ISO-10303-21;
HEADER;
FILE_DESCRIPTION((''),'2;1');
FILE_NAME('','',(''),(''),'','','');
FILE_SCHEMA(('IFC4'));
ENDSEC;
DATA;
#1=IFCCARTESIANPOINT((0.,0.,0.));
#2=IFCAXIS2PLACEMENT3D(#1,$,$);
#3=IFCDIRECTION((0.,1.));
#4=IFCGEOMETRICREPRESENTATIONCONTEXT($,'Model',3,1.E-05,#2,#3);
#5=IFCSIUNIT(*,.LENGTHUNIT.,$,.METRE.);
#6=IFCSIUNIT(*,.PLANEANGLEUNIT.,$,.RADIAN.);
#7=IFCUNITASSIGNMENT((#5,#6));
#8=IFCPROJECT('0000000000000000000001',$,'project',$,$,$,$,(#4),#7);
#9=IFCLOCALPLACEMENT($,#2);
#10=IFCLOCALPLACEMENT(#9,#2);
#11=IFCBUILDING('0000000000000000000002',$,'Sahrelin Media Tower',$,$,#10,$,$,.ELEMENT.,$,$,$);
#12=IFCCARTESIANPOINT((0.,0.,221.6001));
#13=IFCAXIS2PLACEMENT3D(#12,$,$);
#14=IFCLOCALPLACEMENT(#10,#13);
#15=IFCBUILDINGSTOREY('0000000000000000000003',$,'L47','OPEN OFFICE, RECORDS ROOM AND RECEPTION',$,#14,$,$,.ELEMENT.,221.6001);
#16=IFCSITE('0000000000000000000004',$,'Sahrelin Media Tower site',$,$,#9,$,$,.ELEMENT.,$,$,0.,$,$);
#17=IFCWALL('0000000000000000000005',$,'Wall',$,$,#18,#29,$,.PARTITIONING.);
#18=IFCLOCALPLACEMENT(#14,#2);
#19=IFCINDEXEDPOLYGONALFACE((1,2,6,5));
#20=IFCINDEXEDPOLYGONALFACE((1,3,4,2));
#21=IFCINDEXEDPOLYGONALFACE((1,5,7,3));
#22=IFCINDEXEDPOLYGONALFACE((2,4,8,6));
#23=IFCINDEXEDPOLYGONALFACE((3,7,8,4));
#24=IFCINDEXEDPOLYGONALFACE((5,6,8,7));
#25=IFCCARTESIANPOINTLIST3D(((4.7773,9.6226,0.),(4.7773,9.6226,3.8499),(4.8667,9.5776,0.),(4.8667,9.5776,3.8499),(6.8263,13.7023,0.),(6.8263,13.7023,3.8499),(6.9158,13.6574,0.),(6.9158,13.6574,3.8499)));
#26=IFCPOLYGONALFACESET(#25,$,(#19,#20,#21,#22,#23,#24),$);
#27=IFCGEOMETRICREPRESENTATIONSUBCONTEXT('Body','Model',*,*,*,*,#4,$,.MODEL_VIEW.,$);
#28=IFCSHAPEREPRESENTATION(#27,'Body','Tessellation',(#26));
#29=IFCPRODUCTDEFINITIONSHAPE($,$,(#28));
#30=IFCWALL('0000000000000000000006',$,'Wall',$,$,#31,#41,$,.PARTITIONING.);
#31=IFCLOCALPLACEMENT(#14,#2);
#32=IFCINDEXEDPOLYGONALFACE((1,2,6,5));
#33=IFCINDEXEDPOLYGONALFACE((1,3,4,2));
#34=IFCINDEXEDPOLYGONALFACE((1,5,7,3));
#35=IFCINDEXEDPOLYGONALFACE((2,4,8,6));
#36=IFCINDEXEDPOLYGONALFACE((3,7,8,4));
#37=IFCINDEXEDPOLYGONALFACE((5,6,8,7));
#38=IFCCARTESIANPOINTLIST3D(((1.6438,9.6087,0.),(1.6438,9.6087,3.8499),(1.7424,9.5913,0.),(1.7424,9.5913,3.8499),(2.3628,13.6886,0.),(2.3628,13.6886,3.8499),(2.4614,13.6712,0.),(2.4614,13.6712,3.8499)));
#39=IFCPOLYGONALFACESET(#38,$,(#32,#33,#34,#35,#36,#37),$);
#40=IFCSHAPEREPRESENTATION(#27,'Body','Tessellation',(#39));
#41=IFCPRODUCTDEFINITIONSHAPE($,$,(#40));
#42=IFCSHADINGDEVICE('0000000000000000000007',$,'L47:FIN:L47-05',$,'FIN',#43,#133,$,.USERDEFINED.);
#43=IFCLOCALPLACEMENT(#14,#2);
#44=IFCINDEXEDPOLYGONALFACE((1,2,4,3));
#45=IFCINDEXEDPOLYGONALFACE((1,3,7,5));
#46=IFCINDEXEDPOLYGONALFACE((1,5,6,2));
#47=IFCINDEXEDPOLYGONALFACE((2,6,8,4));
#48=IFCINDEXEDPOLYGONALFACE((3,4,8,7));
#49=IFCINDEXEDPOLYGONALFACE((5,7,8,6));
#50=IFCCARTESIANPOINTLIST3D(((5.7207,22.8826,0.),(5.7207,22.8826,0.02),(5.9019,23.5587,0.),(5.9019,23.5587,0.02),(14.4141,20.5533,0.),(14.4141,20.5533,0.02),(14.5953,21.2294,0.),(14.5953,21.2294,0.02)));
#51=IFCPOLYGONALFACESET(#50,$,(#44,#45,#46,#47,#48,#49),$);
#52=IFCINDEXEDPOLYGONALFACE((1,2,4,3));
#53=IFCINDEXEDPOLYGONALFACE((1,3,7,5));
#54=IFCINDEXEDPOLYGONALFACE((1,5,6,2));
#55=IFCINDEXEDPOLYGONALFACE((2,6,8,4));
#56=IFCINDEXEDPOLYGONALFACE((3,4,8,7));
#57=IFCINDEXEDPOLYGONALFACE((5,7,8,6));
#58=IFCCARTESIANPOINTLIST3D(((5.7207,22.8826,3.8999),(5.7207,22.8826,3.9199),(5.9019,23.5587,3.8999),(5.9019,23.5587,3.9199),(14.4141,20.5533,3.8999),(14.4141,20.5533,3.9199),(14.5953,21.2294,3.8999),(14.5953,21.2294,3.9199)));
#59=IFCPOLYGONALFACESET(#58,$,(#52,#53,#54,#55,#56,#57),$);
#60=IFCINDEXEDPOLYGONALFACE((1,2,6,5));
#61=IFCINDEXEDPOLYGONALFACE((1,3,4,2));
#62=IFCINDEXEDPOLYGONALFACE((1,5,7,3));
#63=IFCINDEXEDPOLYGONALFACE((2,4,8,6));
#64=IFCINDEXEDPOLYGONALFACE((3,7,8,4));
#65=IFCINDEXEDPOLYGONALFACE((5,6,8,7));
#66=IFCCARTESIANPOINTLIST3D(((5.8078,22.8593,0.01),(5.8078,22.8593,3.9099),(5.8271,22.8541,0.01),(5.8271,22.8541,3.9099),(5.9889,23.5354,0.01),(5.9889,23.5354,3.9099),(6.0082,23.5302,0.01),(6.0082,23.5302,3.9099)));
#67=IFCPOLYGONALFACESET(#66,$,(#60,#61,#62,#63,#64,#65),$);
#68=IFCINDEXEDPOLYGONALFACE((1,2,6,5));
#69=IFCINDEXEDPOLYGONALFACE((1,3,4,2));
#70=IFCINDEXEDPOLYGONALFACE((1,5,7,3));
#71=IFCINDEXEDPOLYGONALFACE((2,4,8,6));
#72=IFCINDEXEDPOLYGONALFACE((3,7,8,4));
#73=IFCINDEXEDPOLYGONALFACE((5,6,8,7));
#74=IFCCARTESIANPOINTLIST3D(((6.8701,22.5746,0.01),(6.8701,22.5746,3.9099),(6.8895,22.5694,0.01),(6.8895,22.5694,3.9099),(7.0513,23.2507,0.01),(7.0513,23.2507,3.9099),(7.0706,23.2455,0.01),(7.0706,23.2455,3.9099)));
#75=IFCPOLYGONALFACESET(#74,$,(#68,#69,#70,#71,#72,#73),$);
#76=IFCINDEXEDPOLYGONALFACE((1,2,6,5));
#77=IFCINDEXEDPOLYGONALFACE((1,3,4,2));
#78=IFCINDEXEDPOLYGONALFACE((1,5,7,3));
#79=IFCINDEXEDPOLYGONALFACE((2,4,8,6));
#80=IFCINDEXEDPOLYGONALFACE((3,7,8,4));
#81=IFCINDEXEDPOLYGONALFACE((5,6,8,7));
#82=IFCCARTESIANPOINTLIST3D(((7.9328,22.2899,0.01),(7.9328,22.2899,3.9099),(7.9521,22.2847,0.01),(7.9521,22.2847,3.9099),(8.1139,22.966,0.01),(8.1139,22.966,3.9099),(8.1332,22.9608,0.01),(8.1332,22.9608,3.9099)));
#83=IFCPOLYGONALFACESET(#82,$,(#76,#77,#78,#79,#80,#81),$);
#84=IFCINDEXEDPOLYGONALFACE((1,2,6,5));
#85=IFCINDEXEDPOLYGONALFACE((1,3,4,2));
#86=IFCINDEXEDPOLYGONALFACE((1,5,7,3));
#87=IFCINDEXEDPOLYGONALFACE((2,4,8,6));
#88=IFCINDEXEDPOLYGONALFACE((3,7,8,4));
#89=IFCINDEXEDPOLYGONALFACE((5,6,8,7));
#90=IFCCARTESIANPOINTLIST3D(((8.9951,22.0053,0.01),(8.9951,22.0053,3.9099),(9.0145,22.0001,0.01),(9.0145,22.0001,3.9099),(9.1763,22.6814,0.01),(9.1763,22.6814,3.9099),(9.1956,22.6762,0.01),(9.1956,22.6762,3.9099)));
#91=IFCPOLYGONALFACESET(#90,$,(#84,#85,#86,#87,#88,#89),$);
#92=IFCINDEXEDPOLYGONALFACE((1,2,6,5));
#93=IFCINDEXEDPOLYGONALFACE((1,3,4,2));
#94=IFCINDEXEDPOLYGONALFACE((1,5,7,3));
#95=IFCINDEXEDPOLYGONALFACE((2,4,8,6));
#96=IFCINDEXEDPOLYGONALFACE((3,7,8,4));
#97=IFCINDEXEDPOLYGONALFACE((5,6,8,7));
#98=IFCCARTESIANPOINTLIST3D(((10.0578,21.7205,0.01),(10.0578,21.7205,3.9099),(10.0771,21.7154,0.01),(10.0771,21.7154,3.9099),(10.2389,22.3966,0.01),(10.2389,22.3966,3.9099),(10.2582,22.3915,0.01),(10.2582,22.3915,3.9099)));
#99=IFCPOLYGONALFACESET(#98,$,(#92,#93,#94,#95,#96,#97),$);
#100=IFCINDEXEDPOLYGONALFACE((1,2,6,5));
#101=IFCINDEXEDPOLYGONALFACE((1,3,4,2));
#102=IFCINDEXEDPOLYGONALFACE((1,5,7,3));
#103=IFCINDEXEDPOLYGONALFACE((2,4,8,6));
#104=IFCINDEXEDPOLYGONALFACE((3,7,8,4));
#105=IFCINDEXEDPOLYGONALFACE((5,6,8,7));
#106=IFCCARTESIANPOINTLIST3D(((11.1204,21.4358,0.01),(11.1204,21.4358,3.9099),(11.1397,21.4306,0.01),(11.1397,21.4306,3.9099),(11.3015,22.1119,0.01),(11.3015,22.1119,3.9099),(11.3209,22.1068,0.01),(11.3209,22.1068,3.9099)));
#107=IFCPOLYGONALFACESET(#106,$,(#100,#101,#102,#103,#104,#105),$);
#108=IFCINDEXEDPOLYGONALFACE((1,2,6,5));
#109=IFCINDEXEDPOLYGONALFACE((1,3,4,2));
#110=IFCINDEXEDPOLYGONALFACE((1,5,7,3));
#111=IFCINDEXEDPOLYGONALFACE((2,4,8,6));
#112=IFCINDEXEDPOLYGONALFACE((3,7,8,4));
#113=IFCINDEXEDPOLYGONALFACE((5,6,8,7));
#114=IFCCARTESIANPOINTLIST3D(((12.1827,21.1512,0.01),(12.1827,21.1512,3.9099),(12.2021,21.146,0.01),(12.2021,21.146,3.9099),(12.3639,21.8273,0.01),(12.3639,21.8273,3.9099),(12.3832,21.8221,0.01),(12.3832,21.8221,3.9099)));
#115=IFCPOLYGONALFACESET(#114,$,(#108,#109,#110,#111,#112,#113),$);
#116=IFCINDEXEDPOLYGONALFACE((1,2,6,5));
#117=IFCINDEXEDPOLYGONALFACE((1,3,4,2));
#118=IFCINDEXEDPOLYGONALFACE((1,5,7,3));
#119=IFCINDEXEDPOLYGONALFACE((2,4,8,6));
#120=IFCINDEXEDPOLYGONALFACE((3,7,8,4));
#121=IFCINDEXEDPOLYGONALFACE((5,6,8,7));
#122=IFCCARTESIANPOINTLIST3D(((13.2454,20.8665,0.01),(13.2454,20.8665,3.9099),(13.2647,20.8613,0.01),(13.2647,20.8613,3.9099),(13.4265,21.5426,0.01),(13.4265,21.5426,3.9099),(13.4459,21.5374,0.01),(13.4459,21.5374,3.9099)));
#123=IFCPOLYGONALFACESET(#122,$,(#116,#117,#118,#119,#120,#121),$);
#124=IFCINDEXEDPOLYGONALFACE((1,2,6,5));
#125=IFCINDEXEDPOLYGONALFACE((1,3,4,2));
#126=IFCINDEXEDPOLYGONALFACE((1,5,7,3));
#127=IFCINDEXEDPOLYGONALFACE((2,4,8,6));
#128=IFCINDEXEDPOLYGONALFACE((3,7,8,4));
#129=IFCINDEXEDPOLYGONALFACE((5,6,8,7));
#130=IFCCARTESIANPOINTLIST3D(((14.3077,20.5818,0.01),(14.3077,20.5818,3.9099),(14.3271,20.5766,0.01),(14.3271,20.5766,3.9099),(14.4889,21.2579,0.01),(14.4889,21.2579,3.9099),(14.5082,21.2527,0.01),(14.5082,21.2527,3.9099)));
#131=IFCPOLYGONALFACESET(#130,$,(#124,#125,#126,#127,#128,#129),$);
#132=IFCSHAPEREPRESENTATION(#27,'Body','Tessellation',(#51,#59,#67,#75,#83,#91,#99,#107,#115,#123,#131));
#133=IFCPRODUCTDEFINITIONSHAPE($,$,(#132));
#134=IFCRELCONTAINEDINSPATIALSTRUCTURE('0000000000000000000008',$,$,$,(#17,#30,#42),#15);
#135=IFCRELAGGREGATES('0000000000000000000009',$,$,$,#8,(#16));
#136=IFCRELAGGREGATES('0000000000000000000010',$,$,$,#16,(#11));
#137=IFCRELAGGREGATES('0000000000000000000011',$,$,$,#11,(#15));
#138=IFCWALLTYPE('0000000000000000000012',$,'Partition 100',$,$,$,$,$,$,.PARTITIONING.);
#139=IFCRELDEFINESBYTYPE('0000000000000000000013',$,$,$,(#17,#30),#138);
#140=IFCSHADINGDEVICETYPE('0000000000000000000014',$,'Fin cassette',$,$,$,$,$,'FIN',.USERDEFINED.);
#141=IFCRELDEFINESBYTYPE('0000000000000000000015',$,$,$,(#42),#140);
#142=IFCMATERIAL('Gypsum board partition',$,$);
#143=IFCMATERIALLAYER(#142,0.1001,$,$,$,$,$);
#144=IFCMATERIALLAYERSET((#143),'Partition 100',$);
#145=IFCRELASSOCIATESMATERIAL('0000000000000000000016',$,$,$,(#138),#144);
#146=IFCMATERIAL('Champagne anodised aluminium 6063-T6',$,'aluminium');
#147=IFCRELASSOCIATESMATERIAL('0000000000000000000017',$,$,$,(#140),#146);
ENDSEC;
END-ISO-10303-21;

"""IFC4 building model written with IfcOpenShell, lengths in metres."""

from ifc_helpers import new_model, si_unit, direction, frame, frame_2d, origin, origin_2d, place, context, subcontext, project, spatial, rectangle, extrude, material, layer, layer_set, type_object, element, save


model = new_model("IFC4")

# Units and contexts
model_context = context("Model", 3, precision=1e-05, world=origin(), true_north=direction((0.0, 1.0)))
body_context = subcontext(model_context, "Body", "Model", "MODEL_VIEW")
ifc_project = project(units=[si_unit("LENGTHUNIT", "METRE"), si_unit("PLANEANGLEUNIT", "RADIAN")], contexts=[model_context])

# Site, building, storey
site_placement = place(None, origin())
site = spatial("IfcSite", under=ifc_project, at=site_placement, Name="Sahrelin Media Tower site", CompositionType="ELEMENT", RefElevation=0.0)
building_placement = place(site_placement, origin())
building = spatial("IfcBuilding", under=site, at=building_placement, Name="Sahrelin Media Tower", CompositionType="ELEMENT")
storey_placement = place(building_placement, frame((0.0, 0.0, 221.6001)))
storey = spatial("IfcBuildingStorey", under=building, at=storey_placement, Name="L47", Description="OPEN OFFICE, RECORDS ROOM AND RECEPTION", CompositionType="ELEMENT", Elevation=221.6001)

# Shared definitions
ifc_material_1 = material(Name="Champagne anodised aluminium 6063-T6", Category="aluminium")

# Walls
ifc_material_2 = material(Name="Gypsum board partition")
ifc_layer_1 = layer(ifc_material_2, 0.1001)
ifc_layer_set_1 = layer_set([ifc_layer_1], Name="Partition 100")
wall_type = type_object("IfcWallType", Name="Partition 100", PredefinedType="PARTITIONING", material=ifc_layer_set_1)
wall_1_placement = place(storey_placement, frame((4.822, 9.6001, 0.0), z_axis=(0.0, 0.0, 1.0), x_axis=(0.448817, 0.893624, 0.0)))
element("IfcWall", 1, at=wall_1_placement, inside=storey, type_object=wall_type, Name="Wall", PredefinedType="PARTITIONING", context=body_context, shape_type="SweptSolid", body=[
    extrude(rectangle(XDim=4.5654, YDim=0.1001, at=frame_2d((2.2827, 0.0))), origin(), (0.0, 0.0, 1.0), 3.8499),
])
wall_2_placement = place(storey_placement, frame((1.6931, 9.6001, 0.0), z_axis=(0.0, 0.0, 1.0), x_axis=(0.173557, 0.984824, 0.0)))
element("IfcWall", 2, at=wall_2_placement, inside=storey, type_object=wall_type, Name="Wall", PredefinedType="PARTITIONING", context=body_context, shape_type="SweptSolid", body=[
    extrude(rectangle(XDim=4.1428, YDim=0.1001, at=frame_2d((2.0713, 0.0))), origin(), (0.0, 0.0, 1.0), 3.8499),
])

# Shading device
shading_device_type_1 = type_object("IfcShadingDeviceType", Name="Fin cassette", ElementType="FIN", PredefinedType="USERDEFINED", material=ifc_material_1)
placement = place(storey_placement, frame((10.0493, 21.6504, 0.0), z_axis=(0.0, 0.0, 1.0), x_axis=(0.965929, -0.258808, 0.0)))
element("IfcShadingDevice", 3, at=placement, inside=storey, type_object=shading_device_type_1, Name="L47:FIN:L47-05", ObjectType="FIN", PredefinedType="USERDEFINED", context=body_context, shape_type="SweptSolid", body=[
    extrude(rectangle(XDim=9.0, YDim=0.7, at=origin_2d()), frame((0.0, 0.4199, 0.0)), (0.0, 0.0, 1.0), 0.02),
    extrude(rectangle(XDim=9.0, YDim=0.7, at=origin_2d()), frame((0.0, 0.4199, 3.8999)), (0.0, 0.0, 1.0), 0.02),
    extrude(rectangle(XDim=0.02, YDim=0.7, at=origin_2d()), frame((-4.3999, 0.4199, 0.01), z_axis=(0.0, 0.0, 1.0), x_axis=(1.0, 0.0, 0.0)), (0.0, 0.0, 1.0), 3.8999),
    extrude(rectangle(XDim=0.02, YDim=0.7, at=origin_2d()), frame((-3.3, 0.4199, 0.01), z_axis=(0.0, 0.0, 1.0), x_axis=(1.0, 0.0, 0.0)), (0.0, 0.0, 1.0), 3.8999),
    extrude(rectangle(XDim=0.02, YDim=0.7, at=origin_2d()), frame((-2.2, 0.4199, 0.01), z_axis=(0.0, 0.0, 1.0), x_axis=(1.0, 0.0, 0.0)), (0.0, 0.0, 1.0), 3.8999),
    extrude(rectangle(XDim=0.02, YDim=0.7, at=origin_2d()), frame((-1.1001, 0.4199, 0.01), z_axis=(0.0, 0.0, 1.0), x_axis=(1.0, 0.0, 0.0)), (0.0, 0.0, 1.0), 3.8999),
    extrude(rectangle(XDim=0.02, YDim=0.7, at=origin_2d()), frame((0.0, 0.4199, 0.01), z_axis=(0.0, 0.0, 1.0), x_axis=(1.0, 0.0, 0.0)), (0.0, 0.0, 1.0), 3.8999),
    extrude(rectangle(XDim=0.02, YDim=0.7, at=origin_2d()), frame((1.1001, 0.4199, 0.01), z_axis=(0.0, 0.0, 1.0), x_axis=(1.0, 0.0, 0.0)), (0.0, 0.0, 1.0), 3.8999),
    extrude(rectangle(XDim=0.02, YDim=0.7, at=origin_2d()), frame((2.2, 0.4199, 0.01), z_axis=(0.0, 0.0, 1.0), x_axis=(1.0, 0.0, 0.0)), (0.0, 0.0, 1.0), 3.8999),
    extrude(rectangle(XDim=0.02, YDim=0.7, at=origin_2d()), frame((3.3, 0.4199, 0.01), z_axis=(0.0, 0.0, 1.0), x_axis=(1.0, 0.0, 0.0)), (0.0, 0.0, 1.0), 3.8999),
    extrude(rectangle(XDim=0.02, YDim=0.7, at=origin_2d()), frame((4.3999, 0.4199, 0.01), z_axis=(0.0, 0.0, 1.0), x_axis=(1.0, 0.0, 0.0)), (0.0, 0.0, 1.0), 3.8999),
])

save(model, "model.ifc")
